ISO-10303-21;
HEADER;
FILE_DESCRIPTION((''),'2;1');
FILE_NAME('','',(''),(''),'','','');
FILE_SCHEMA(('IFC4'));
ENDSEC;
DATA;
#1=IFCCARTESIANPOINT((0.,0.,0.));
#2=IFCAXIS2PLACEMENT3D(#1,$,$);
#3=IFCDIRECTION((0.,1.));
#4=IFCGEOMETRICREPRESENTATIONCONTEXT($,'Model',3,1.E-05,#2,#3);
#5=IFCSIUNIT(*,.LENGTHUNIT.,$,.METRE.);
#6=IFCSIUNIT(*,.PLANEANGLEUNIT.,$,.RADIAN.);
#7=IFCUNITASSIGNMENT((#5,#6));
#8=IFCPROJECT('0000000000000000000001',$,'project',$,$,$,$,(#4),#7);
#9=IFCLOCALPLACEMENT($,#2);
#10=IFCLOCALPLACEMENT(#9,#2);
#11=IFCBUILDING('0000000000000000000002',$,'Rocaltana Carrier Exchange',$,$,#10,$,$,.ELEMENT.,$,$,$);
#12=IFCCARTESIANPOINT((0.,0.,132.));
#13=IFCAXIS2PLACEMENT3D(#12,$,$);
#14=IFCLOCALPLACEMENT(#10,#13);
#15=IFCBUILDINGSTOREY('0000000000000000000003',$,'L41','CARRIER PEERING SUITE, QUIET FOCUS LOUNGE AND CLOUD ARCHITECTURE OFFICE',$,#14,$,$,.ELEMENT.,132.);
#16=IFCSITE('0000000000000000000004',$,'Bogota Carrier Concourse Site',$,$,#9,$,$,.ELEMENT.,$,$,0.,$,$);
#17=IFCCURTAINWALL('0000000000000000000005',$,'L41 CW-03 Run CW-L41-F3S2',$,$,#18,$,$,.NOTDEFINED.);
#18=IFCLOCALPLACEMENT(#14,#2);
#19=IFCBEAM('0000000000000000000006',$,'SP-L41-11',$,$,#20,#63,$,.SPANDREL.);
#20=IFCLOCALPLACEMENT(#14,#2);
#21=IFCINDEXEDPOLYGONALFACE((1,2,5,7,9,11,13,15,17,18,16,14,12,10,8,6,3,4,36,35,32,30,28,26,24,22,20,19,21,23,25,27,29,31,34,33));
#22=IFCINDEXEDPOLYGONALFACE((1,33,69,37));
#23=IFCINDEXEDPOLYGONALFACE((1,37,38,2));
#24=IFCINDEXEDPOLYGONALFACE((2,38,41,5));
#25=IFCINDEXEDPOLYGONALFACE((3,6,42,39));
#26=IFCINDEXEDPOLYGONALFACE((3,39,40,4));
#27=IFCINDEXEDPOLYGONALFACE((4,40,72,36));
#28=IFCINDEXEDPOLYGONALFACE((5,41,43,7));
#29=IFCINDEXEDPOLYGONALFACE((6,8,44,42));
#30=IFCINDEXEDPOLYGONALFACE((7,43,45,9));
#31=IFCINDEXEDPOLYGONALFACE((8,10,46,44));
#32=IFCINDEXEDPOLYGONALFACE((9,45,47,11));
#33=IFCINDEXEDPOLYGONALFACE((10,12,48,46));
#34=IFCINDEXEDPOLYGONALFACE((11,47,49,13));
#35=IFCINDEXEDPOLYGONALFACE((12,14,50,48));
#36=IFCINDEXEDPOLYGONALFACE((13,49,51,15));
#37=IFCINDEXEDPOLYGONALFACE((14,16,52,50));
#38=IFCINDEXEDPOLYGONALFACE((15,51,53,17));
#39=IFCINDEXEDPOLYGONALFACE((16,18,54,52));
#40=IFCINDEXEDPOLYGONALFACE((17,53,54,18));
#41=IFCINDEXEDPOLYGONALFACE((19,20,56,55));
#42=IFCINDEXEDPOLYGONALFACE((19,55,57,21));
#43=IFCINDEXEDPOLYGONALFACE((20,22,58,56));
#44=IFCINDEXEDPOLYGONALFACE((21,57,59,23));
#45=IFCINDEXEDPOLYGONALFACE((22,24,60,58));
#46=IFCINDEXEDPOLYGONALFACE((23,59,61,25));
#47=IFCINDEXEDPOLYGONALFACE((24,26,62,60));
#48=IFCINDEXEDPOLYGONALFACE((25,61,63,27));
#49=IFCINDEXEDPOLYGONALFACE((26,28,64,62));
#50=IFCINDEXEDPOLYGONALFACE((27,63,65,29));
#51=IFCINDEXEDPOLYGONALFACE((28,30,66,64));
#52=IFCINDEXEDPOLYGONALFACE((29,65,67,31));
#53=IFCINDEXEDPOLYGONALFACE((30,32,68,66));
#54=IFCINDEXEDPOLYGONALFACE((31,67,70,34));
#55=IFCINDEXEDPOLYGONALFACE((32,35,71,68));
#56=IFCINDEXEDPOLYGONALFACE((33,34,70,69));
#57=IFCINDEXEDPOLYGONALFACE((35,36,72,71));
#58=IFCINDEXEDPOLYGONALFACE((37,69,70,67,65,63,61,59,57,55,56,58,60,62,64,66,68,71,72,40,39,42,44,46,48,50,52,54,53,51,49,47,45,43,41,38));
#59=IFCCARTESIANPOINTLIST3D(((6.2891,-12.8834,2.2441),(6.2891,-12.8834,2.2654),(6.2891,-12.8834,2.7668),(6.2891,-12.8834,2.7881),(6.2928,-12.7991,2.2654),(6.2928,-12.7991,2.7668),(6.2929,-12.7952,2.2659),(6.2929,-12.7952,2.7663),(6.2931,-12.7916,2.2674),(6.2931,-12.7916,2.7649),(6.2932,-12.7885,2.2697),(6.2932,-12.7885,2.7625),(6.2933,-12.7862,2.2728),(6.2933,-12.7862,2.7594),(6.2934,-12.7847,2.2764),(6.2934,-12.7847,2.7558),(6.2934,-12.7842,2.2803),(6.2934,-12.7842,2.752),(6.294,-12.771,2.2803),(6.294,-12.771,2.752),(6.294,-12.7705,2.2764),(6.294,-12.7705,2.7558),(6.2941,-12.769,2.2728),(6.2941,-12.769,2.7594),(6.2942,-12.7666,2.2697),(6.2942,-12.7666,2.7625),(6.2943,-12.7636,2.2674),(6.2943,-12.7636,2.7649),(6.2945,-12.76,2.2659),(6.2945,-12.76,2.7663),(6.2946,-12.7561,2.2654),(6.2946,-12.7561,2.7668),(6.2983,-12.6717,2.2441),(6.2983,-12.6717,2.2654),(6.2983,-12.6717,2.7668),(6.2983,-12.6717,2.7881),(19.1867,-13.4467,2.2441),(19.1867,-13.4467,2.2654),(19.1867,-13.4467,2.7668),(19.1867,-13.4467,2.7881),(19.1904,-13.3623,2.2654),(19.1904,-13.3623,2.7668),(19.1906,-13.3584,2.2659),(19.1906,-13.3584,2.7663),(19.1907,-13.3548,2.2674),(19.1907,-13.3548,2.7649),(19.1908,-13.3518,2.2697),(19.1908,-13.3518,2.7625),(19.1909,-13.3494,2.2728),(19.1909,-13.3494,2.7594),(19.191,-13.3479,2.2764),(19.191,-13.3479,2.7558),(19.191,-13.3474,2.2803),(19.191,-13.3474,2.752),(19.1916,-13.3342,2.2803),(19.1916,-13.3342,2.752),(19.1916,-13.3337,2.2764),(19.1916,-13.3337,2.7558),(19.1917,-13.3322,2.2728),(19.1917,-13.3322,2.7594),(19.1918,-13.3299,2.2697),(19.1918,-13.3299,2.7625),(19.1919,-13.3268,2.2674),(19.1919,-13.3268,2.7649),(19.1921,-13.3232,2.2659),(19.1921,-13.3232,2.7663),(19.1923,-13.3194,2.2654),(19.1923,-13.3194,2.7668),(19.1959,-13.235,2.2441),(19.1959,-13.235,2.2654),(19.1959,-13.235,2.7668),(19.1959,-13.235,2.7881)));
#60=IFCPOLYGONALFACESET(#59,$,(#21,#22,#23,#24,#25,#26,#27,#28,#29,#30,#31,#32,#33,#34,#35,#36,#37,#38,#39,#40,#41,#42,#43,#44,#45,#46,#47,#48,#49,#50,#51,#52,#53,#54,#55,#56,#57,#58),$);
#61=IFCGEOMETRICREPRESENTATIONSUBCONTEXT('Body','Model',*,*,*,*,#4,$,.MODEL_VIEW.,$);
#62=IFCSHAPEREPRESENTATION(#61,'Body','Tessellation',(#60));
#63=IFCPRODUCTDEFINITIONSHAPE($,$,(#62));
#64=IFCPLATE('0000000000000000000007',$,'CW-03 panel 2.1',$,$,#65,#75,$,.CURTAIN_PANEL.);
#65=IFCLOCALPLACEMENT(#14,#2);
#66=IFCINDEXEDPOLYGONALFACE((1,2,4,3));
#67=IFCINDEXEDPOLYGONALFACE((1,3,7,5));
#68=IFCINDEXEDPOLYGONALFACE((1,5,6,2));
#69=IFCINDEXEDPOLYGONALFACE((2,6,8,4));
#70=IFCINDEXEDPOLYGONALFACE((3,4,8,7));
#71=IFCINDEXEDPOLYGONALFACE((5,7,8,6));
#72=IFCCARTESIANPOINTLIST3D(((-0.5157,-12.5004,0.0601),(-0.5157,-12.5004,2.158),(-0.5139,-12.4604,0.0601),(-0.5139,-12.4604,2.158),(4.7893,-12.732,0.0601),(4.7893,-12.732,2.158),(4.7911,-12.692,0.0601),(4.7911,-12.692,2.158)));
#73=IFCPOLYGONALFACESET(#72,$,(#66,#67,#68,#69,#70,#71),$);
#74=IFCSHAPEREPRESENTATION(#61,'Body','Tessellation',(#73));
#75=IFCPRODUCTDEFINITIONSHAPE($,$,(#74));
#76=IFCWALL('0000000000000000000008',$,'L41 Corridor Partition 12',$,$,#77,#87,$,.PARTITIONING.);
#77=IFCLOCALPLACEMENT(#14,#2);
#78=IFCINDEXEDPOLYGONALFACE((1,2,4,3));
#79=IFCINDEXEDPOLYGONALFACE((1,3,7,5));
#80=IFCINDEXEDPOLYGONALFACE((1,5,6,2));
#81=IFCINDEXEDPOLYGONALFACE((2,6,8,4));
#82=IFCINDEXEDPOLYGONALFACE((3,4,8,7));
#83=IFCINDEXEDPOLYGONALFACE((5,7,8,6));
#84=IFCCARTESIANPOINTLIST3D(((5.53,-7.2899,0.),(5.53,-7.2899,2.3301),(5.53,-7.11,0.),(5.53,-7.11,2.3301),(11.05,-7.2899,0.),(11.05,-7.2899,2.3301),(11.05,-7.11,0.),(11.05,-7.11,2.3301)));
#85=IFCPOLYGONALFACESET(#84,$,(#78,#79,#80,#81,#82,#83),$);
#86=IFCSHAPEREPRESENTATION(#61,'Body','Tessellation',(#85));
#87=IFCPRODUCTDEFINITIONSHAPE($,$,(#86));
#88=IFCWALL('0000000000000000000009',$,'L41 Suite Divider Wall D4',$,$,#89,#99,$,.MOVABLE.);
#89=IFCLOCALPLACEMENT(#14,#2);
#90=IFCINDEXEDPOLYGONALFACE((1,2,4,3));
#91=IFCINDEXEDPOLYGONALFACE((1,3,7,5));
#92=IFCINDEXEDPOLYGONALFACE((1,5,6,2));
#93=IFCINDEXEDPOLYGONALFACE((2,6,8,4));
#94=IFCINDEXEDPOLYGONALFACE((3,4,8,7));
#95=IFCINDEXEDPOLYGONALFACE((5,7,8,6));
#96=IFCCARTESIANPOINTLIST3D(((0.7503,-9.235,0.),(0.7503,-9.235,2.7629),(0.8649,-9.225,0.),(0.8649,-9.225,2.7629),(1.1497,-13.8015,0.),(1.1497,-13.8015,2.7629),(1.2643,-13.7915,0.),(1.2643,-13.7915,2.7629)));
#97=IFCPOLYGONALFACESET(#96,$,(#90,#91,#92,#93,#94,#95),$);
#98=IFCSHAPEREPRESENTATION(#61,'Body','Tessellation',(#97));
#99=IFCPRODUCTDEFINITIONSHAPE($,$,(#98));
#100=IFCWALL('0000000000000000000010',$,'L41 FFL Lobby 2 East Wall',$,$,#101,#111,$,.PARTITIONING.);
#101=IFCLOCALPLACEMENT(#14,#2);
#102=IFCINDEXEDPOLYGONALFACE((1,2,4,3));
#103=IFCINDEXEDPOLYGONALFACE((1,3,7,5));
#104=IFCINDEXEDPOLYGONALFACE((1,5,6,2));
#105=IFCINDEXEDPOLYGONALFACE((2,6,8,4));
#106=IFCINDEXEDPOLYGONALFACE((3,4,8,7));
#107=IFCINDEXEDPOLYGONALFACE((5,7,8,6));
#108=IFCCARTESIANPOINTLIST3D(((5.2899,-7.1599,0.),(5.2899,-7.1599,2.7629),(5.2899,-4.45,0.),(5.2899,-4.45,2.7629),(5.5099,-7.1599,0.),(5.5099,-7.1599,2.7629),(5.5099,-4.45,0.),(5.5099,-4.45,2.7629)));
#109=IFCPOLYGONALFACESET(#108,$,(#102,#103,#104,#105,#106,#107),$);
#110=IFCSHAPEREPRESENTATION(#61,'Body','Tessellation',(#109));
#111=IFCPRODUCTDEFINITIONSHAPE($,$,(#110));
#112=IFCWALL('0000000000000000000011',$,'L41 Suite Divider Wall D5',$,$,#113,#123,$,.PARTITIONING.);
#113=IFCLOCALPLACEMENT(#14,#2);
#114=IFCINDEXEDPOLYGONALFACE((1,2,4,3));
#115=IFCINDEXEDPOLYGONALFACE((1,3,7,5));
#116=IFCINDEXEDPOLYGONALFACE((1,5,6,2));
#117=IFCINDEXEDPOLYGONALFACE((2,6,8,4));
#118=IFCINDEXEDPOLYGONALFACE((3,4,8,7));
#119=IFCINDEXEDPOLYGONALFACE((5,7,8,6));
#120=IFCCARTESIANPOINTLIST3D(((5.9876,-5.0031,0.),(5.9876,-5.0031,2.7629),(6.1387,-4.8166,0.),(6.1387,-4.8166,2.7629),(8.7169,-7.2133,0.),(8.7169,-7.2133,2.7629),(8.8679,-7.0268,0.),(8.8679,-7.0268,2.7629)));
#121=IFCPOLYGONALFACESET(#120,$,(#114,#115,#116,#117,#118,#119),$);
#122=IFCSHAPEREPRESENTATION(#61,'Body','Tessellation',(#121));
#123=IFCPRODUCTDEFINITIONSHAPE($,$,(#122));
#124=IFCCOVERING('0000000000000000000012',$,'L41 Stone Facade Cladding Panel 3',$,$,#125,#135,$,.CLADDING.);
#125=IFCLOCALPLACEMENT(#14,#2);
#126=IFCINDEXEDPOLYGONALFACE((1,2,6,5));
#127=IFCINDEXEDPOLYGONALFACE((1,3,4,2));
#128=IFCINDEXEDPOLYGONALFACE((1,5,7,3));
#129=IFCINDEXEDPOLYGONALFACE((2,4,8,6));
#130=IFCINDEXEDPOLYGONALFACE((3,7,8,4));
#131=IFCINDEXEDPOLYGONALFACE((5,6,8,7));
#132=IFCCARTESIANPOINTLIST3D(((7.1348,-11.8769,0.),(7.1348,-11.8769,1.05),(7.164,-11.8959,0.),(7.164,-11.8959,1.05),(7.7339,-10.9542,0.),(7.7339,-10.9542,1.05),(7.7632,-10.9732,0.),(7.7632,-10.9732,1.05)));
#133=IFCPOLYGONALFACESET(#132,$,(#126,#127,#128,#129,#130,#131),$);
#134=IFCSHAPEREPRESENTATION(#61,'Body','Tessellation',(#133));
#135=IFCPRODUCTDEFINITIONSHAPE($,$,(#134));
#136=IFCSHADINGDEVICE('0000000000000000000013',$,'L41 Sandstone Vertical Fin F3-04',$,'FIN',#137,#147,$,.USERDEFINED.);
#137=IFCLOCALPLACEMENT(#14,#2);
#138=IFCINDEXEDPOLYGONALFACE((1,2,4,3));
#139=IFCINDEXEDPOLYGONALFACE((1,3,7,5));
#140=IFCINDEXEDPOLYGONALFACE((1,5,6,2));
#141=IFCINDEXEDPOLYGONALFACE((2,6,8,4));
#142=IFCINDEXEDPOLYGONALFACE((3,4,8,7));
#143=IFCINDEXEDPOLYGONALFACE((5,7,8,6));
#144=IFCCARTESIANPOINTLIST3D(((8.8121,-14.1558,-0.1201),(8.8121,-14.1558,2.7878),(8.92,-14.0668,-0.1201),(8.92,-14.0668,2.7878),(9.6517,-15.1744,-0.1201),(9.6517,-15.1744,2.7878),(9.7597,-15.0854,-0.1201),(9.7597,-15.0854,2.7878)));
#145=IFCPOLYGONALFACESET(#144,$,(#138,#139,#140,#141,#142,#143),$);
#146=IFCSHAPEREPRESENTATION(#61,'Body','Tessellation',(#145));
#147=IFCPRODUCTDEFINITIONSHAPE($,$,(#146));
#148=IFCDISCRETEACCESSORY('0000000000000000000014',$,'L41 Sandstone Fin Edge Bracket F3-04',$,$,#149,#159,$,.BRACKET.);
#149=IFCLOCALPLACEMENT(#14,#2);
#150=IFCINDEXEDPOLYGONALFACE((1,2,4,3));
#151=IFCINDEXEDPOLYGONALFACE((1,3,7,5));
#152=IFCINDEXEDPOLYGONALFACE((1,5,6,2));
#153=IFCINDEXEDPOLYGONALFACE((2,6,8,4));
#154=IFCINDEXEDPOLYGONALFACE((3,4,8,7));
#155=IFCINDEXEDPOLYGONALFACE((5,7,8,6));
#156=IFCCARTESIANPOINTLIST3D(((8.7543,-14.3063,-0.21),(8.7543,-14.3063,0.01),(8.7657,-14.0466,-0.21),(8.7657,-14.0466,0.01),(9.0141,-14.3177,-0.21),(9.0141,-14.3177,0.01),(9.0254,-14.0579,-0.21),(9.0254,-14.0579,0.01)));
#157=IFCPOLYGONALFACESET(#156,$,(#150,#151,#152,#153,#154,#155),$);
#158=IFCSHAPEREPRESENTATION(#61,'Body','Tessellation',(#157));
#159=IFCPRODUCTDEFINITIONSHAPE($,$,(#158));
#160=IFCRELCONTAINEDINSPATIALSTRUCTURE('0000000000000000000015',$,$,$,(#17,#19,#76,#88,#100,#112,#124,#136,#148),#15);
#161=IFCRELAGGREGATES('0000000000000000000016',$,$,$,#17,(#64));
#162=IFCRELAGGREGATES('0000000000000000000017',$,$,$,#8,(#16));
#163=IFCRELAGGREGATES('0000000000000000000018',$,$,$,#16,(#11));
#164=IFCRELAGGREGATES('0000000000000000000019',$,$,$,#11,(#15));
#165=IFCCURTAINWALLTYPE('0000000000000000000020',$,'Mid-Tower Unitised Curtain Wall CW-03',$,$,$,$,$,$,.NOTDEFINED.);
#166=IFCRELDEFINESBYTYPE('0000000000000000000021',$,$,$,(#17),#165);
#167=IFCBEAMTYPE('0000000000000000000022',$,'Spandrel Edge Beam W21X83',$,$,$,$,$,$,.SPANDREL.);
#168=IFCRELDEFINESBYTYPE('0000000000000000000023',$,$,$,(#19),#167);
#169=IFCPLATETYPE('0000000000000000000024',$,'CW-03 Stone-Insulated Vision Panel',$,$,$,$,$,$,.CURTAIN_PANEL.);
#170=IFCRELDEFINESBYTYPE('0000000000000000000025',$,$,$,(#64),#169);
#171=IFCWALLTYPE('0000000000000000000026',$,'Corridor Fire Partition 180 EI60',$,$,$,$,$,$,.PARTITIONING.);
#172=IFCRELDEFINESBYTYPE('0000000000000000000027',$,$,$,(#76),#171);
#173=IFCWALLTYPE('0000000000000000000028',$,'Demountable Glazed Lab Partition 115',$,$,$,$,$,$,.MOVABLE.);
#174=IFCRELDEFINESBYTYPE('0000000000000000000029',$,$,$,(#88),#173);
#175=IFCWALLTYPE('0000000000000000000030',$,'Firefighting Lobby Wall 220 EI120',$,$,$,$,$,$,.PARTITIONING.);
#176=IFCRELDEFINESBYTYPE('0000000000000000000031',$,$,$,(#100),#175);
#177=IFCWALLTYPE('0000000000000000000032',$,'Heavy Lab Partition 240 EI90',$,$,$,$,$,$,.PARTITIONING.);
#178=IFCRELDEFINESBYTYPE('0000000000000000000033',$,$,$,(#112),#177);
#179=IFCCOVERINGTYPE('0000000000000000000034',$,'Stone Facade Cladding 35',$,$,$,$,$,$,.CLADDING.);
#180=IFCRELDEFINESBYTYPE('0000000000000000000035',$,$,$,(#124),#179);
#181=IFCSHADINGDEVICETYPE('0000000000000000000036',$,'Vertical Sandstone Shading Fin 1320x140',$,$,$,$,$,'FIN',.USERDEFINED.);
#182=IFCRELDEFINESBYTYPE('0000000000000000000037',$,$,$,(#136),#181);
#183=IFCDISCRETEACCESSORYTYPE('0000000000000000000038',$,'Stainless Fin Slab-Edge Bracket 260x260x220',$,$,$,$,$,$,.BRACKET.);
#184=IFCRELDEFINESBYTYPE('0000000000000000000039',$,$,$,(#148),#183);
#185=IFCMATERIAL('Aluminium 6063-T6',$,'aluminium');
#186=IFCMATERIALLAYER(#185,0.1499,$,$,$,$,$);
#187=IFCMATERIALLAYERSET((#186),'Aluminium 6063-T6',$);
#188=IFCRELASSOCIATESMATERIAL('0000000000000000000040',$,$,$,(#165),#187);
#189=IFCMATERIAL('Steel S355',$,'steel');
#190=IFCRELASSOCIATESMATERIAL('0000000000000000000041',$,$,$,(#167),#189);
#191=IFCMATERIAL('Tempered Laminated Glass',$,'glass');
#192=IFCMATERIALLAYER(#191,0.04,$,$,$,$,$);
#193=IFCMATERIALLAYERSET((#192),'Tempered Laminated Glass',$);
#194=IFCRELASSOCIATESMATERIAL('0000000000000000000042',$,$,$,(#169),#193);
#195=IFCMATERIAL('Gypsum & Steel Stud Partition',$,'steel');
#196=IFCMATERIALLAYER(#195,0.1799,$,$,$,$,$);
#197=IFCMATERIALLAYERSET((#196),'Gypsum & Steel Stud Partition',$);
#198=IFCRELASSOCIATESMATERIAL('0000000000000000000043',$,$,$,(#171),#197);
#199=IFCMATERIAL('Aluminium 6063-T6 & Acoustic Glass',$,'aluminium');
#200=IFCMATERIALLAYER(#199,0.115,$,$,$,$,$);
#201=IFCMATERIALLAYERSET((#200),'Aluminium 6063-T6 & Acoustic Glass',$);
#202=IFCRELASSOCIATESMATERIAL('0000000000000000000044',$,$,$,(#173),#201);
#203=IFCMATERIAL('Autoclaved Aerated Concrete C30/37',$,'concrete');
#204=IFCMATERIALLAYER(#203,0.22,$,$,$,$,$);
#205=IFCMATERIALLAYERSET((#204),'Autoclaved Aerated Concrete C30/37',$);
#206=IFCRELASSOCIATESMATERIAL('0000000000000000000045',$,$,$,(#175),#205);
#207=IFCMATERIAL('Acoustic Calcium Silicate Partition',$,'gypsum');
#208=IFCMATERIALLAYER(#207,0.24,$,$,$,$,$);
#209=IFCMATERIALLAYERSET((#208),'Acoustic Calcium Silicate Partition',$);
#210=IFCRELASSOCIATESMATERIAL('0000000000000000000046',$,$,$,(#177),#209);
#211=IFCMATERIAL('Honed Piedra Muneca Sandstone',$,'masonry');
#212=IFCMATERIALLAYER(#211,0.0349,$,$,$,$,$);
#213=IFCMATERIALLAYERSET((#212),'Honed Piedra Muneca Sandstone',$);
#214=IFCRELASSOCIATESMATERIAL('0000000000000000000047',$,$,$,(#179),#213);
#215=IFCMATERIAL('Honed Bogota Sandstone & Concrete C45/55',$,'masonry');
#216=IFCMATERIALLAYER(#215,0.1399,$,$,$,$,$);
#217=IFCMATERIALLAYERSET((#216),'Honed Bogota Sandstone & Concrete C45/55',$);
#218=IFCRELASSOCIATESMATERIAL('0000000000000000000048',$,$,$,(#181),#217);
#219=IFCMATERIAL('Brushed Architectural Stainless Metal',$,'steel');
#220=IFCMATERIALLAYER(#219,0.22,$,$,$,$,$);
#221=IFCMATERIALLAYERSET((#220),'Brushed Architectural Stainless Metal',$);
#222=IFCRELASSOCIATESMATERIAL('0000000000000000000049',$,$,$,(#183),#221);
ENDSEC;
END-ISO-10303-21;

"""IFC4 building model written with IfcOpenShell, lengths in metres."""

from ifc_helpers import new_model, si_unit, direction, frame, frame_2d, origin, origin_2d, place, context, subcontext, project, spatial, rectangle, i_section, extrude, material, layer, layer_set, material_profile, profile_set, type_object, element, aggregate, save


model = new_model("IFC4")

# Units and contexts
model_context = context("Model", 3, precision=1e-05, world=origin(), true_north=direction((0.0, 1.0)))
body_context = subcontext(model_context, "Body", "Model", "MODEL_VIEW")
ifc_project = project(units=[si_unit("LENGTHUNIT", "METRE"), si_unit("PLANEANGLEUNIT", "RADIAN")], contexts=[model_context])

# Site, building, storey
site_placement = place(None, origin())
site = spatial("IfcSite", under=ifc_project, at=site_placement, Name="Bogota Carrier Concourse Site", CompositionType="ELEMENT", RefElevation=0.0)
building_placement = place(site_placement, origin())
building = spatial("IfcBuilding", under=site, at=building_placement, Name="Rocaltana Carrier Exchange", CompositionType="ELEMENT")
storey_placement = place(building_placement, frame((0.0, 0.0, 132.0)))
storey = spatial("IfcBuildingStorey", under=building, at=storey_placement, Name="L41", Description="CARRIER PEERING SUITE, QUIET FOCUS LOUNGE AND CLOUD ARCHITECTURE OFFICE", CompositionType="ELEMENT", Elevation=132.0)

# Curtain wall
ifc_material_1 = material(Name="Aluminium 6063-T6", Category="aluminium")
ifc_layer_1 = layer(ifc_material_1, 0.1499)
ifc_layer_set_1 = layer_set([ifc_layer_1], Name="Aluminium 6063-T6")
curtain_wall_type = type_object("IfcCurtainWallType", Name="Mid-Tower Unitised Curtain Wall CW-03", PredefinedType="NOTDEFINED", material=ifc_layer_set_1)
curtain_wall_1_placement = place(storey_placement, origin())
curtain_wall_1 = element("IfcCurtainWall", 1, at=curtain_wall_1_placement, inside=storey, type_object=curtain_wall_type, Name="L41 CW-03 Run CW-L41-F3S2", PredefinedType="NOTDEFINED")

# Beam
ifc_material_2 = material(Name="Steel S355", Category="steel")
ifc_material_profile_1 = material_profile(ifc_material_2, i_section(OverallWidth=0.2119, OverallDepth=0.5439, WebThickness=0.0132, FlangeThickness=0.0212, FilletRadius=0.0149, at=origin_2d()), Name="W21X83")
ifc_profile_set_1 = profile_set([ifc_material_profile_1], Name="Steel S355")
beam_type_1 = type_object("IfcBeamType", Name="Spandrel Edge Beam W21X83", PredefinedType="SPANDREL", material=ifc_profile_set_1)
beam_1_placement = place(storey_placement, frame((6.2937, -12.7776, 2.5161), z_axis=(0.999048, -0.043628, 0.0), x_axis=(0.043628, 0.999048, 0.0)))
element("IfcBeam", 2, at=beam_1_placement, inside=storey, type_object=beam_type_1, Name="SP-L41-11", PredefinedType="SPANDREL", context=body_context, shape_type="SweptSolid", body=[
    extrude(i_section(OverallWidth=0.2119, OverallDepth=0.5439, WebThickness=0.0132, FlangeThickness=0.0212, FilletRadius=0.0149, at=origin_2d()), origin(), (0.0, 0.0, 1.0), 12.9099),
])

# Plate
ifc_material_3 = material(Name="Tempered Laminated Glass", Category="glass")
ifc_layer_2 = layer(ifc_material_3, 0.04)
ifc_layer_set_2 = layer_set([ifc_layer_2], Name="Tempered Laminated Glass")
plate_type = type_object("IfcPlateType", Name="CW-03 Stone-Insulated Vision Panel", PredefinedType="CURTAIN_PANEL", material=ifc_layer_set_2)
plate_placement = place(storey_placement, frame((2.1377, -12.5962, 0.0601), z_axis=(0.0, 0.0, 1.0), x_axis=(0.999048, -0.04362, 0.0)))
plate = element("IfcPlate", 3, at=plate_placement, type_object=plate_type, Name="CW-03 panel 2.1", PredefinedType="CURTAIN_PANEL", context=body_context, shape_type="SweptSolid", body=[
    extrude(rectangle(XDim=5.3101, YDim=0.04, at=origin_2d()), origin(), (0.0, 0.0, 1.0), 2.0979),
])
aggregate(curtain_wall_1, [plate])

# Walls
ifc_material_4 = material(Name="Gypsum & Steel Stud Partition", Category="steel")
ifc_layer_3 = layer(ifc_material_4, 0.1799)
ifc_layer_set_3 = layer_set([ifc_layer_3], Name="Gypsum & Steel Stud Partition")
wall_type_1 = type_object("IfcWallType", Name="Corridor Fire Partition 180 EI60", PredefinedType="PARTITIONING", material=ifc_layer_set_3)
wall_1_placement = place(storey_placement, frame((5.53, -7.2, 0.0), z_axis=(0.0, 0.0, 1.0), x_axis=(1.0, 0.0, 0.0)))
element("IfcWall", 4, at=wall_1_placement, inside=storey, type_object=wall_type_1, Name="L41 Corridor Partition 12", PredefinedType="PARTITIONING", context=body_context, shape_type="SweptSolid", body=[
    extrude(rectangle(XDim=5.52, YDim=0.1799, at=frame_2d((2.76, 0.0))), origin(), (0.0, 0.0, 1.0), 2.3301),
])
ifc_material_5 = material(Name="Aluminium 6063-T6 & Acoustic Glass", Category="aluminium")
ifc_layer_4 = layer(ifc_material_5, 0.115)
ifc_layer_set_4 = layer_set([ifc_layer_4], Name="Aluminium 6063-T6 & Acoustic Glass")
wall_type_2 = type_object("IfcWallType", Name="Demountable Glazed Lab Partition 115", PredefinedType="MOVABLE", material=ifc_layer_set_4)
wall_2_placement = place(storey_placement, frame((0.8076, -9.23, 0.0), z_axis=(0.0, 0.0, 1.0), x_axis=(0.087131, -0.996197, 0.0)))
element("IfcWall", 5, at=wall_2_placement, inside=storey, type_object=wall_type_2, Name="L41 Suite Divider Wall D4", PredefinedType="MOVABLE", context=body_context, shape_type="SweptSolid", body=[
    extrude(rectangle(XDim=4.584, YDim=0.115, at=frame_2d((2.292, 0.0))), origin(), (0.0, 0.0, 1.0), 2.7629),
])
ifc_material_6 = material(Name="Autoclaved Aerated Concrete C30/37", Category="concrete")
ifc_layer_5 = layer(ifc_material_6, 0.22)
ifc_layer_set_5 = layer_set([ifc_layer_5], Name="Autoclaved Aerated Concrete C30/37")
wall_type_3 = type_object("IfcWallType", Name="Firefighting Lobby Wall 220 EI120", PredefinedType="PARTITIONING", material=ifc_layer_set_5)
wall_3_placement = place(storey_placement, frame((5.3999, -7.1599, 0.0), z_axis=(0.0, 0.0, 1.0), x_axis=(0.0, 1.0, 0.0)))
element("IfcWall", 6, at=wall_3_placement, inside=storey, type_object=wall_type_3, Name="L41 FFL Lobby 2 East Wall", PredefinedType="PARTITIONING", context=body_context, shape_type="SweptSolid", body=[
    extrude(rectangle(XDim=2.71, YDim=0.22, at=frame_2d((1.355, 0.0))), origin(), (0.0, 0.0, 1.0), 2.7629),
])
ifc_material_7 = material(Name="Acoustic Calcium Silicate Partition", Category="gypsum")
ifc_layer_6 = layer(ifc_material_7, 0.24)
ifc_layer_set_6 = layer_set([ifc_layer_6], Name="Acoustic Calcium Silicate Partition")
wall_type_4 = type_object("IfcWallType", Name="Heavy Lab Partition 240 EI90", PredefinedType="PARTITIONING", material=ifc_layer_set_6)
wall_4_placement = place(storey_placement, frame((6.0632, -4.9099, 0.0), z_axis=(0.0, 0.0, 1.0), x_axis=(0.777132, -0.629338, 0.0)))
element("IfcWall", 7, at=wall_4_placement, inside=storey, type_object=wall_type_4, Name="L41 Suite Divider Wall D5", PredefinedType="PARTITIONING", context=body_context, shape_type="SweptSolid", body=[
    extrude(rectangle(XDim=3.512, YDim=0.24, at=frame_2d((1.7559, 0.0))), origin(), (0.0, 0.0, 1.0), 2.7629),
])

# Covering
ifc_material_8 = material(Name="Honed Piedra Muneca Sandstone", Category="masonry")
ifc_layer_7 = layer(ifc_material_8, 0.0349)
ifc_layer_set_7 = layer_set([ifc_layer_7], Name="Honed Piedra Muneca Sandstone")
covering_type = type_object("IfcCoveringType", Name="Stone Facade Cladding 35", PredefinedType="CLADDING", material=ifc_layer_set_7)
covering_placement = place(storey_placement, frame((7.449, -11.425, 0.0), z_axis=(0.0, 0.0, 1.0), x_axis=(0.544639, 0.838671, 0.0)))
element("IfcCovering", 8, at=covering_placement, inside=storey, type_object=covering_type, Name="L41 Stone Facade Cladding Panel 3", PredefinedType="CLADDING", context=body_context, shape_type="SweptSolid", body=[
    extrude(rectangle(XDim=1.1001, YDim=0.0349, at=origin_2d()), origin(), (0.0, 0.0, 1.0), 1.05),
])

# Shading device
ifc_material_9 = material(Name="Honed Bogota Sandstone & Concrete C45/55", Category="masonry")
ifc_layer_8 = layer(ifc_material_9, 0.1399)
ifc_layer_set_8 = layer_set([ifc_layer_8], Name="Honed Bogota Sandstone & Concrete C45/55")
shading_device_type = type_object("IfcShadingDeviceType", Name="Vertical Sandstone Shading Fin 1320x140", ElementType="FIN", PredefinedType="USERDEFINED", material=ifc_layer_set_8)
shading_device_placement = place(storey_placement, frame((9.2859, -14.6206, -0.1201), z_axis=(0.0, 0.0, 1.0), x_axis=(0.636078, -0.771625, 0.0)))
element("IfcShadingDevice", 9, at=shading_device_placement, inside=storey, type_object=shading_device_type, Name="L41 Sandstone Vertical Fin F3-04", ObjectType="FIN", PredefinedType="USERDEFINED", context=body_context, shape_type="SweptSolid", body=[
    extrude(rectangle(XDim=1.3201, YDim=0.1399, at=origin_2d()), origin(), (0.0, 0.0, 1.0), 2.908),
])

# Discrete accessory
ifc_material_10 = material(Name="Brushed Architectural Stainless Metal", Category="steel")
ifc_layer_9 = layer(ifc_material_10, 0.22)
ifc_layer_set_9 = layer_set([ifc_layer_9], Name="Brushed Architectural Stainless Metal")
discrete_accessory_type = type_object("IfcDiscreteAccessoryType", Name="Stainless Fin Slab-Edge Bracket 260x260x220", PredefinedType="BRACKET", material=ifc_layer_set_9)
discrete_accessory_placement = place(storey_placement, frame((8.8899, -14.1821, -0.21), z_axis=(0.0, 0.0, 1.0), x_axis=(0.999048, -0.043619, 0.0)))
element("IfcDiscreteAccessory", 10, at=discrete_accessory_placement, inside=storey, type_object=discrete_accessory_type, Name="L41 Sandstone Fin Edge Bracket F3-04", PredefinedType="BRACKET", context=body_context, shape_type="SweptSolid", body=[
    extrude(rectangle(XDim=0.26, YDim=0.26, at=origin_2d()), origin(), (0.0, 0.0, 1.0), 0.22),
])

save(model, "model.ifc")
